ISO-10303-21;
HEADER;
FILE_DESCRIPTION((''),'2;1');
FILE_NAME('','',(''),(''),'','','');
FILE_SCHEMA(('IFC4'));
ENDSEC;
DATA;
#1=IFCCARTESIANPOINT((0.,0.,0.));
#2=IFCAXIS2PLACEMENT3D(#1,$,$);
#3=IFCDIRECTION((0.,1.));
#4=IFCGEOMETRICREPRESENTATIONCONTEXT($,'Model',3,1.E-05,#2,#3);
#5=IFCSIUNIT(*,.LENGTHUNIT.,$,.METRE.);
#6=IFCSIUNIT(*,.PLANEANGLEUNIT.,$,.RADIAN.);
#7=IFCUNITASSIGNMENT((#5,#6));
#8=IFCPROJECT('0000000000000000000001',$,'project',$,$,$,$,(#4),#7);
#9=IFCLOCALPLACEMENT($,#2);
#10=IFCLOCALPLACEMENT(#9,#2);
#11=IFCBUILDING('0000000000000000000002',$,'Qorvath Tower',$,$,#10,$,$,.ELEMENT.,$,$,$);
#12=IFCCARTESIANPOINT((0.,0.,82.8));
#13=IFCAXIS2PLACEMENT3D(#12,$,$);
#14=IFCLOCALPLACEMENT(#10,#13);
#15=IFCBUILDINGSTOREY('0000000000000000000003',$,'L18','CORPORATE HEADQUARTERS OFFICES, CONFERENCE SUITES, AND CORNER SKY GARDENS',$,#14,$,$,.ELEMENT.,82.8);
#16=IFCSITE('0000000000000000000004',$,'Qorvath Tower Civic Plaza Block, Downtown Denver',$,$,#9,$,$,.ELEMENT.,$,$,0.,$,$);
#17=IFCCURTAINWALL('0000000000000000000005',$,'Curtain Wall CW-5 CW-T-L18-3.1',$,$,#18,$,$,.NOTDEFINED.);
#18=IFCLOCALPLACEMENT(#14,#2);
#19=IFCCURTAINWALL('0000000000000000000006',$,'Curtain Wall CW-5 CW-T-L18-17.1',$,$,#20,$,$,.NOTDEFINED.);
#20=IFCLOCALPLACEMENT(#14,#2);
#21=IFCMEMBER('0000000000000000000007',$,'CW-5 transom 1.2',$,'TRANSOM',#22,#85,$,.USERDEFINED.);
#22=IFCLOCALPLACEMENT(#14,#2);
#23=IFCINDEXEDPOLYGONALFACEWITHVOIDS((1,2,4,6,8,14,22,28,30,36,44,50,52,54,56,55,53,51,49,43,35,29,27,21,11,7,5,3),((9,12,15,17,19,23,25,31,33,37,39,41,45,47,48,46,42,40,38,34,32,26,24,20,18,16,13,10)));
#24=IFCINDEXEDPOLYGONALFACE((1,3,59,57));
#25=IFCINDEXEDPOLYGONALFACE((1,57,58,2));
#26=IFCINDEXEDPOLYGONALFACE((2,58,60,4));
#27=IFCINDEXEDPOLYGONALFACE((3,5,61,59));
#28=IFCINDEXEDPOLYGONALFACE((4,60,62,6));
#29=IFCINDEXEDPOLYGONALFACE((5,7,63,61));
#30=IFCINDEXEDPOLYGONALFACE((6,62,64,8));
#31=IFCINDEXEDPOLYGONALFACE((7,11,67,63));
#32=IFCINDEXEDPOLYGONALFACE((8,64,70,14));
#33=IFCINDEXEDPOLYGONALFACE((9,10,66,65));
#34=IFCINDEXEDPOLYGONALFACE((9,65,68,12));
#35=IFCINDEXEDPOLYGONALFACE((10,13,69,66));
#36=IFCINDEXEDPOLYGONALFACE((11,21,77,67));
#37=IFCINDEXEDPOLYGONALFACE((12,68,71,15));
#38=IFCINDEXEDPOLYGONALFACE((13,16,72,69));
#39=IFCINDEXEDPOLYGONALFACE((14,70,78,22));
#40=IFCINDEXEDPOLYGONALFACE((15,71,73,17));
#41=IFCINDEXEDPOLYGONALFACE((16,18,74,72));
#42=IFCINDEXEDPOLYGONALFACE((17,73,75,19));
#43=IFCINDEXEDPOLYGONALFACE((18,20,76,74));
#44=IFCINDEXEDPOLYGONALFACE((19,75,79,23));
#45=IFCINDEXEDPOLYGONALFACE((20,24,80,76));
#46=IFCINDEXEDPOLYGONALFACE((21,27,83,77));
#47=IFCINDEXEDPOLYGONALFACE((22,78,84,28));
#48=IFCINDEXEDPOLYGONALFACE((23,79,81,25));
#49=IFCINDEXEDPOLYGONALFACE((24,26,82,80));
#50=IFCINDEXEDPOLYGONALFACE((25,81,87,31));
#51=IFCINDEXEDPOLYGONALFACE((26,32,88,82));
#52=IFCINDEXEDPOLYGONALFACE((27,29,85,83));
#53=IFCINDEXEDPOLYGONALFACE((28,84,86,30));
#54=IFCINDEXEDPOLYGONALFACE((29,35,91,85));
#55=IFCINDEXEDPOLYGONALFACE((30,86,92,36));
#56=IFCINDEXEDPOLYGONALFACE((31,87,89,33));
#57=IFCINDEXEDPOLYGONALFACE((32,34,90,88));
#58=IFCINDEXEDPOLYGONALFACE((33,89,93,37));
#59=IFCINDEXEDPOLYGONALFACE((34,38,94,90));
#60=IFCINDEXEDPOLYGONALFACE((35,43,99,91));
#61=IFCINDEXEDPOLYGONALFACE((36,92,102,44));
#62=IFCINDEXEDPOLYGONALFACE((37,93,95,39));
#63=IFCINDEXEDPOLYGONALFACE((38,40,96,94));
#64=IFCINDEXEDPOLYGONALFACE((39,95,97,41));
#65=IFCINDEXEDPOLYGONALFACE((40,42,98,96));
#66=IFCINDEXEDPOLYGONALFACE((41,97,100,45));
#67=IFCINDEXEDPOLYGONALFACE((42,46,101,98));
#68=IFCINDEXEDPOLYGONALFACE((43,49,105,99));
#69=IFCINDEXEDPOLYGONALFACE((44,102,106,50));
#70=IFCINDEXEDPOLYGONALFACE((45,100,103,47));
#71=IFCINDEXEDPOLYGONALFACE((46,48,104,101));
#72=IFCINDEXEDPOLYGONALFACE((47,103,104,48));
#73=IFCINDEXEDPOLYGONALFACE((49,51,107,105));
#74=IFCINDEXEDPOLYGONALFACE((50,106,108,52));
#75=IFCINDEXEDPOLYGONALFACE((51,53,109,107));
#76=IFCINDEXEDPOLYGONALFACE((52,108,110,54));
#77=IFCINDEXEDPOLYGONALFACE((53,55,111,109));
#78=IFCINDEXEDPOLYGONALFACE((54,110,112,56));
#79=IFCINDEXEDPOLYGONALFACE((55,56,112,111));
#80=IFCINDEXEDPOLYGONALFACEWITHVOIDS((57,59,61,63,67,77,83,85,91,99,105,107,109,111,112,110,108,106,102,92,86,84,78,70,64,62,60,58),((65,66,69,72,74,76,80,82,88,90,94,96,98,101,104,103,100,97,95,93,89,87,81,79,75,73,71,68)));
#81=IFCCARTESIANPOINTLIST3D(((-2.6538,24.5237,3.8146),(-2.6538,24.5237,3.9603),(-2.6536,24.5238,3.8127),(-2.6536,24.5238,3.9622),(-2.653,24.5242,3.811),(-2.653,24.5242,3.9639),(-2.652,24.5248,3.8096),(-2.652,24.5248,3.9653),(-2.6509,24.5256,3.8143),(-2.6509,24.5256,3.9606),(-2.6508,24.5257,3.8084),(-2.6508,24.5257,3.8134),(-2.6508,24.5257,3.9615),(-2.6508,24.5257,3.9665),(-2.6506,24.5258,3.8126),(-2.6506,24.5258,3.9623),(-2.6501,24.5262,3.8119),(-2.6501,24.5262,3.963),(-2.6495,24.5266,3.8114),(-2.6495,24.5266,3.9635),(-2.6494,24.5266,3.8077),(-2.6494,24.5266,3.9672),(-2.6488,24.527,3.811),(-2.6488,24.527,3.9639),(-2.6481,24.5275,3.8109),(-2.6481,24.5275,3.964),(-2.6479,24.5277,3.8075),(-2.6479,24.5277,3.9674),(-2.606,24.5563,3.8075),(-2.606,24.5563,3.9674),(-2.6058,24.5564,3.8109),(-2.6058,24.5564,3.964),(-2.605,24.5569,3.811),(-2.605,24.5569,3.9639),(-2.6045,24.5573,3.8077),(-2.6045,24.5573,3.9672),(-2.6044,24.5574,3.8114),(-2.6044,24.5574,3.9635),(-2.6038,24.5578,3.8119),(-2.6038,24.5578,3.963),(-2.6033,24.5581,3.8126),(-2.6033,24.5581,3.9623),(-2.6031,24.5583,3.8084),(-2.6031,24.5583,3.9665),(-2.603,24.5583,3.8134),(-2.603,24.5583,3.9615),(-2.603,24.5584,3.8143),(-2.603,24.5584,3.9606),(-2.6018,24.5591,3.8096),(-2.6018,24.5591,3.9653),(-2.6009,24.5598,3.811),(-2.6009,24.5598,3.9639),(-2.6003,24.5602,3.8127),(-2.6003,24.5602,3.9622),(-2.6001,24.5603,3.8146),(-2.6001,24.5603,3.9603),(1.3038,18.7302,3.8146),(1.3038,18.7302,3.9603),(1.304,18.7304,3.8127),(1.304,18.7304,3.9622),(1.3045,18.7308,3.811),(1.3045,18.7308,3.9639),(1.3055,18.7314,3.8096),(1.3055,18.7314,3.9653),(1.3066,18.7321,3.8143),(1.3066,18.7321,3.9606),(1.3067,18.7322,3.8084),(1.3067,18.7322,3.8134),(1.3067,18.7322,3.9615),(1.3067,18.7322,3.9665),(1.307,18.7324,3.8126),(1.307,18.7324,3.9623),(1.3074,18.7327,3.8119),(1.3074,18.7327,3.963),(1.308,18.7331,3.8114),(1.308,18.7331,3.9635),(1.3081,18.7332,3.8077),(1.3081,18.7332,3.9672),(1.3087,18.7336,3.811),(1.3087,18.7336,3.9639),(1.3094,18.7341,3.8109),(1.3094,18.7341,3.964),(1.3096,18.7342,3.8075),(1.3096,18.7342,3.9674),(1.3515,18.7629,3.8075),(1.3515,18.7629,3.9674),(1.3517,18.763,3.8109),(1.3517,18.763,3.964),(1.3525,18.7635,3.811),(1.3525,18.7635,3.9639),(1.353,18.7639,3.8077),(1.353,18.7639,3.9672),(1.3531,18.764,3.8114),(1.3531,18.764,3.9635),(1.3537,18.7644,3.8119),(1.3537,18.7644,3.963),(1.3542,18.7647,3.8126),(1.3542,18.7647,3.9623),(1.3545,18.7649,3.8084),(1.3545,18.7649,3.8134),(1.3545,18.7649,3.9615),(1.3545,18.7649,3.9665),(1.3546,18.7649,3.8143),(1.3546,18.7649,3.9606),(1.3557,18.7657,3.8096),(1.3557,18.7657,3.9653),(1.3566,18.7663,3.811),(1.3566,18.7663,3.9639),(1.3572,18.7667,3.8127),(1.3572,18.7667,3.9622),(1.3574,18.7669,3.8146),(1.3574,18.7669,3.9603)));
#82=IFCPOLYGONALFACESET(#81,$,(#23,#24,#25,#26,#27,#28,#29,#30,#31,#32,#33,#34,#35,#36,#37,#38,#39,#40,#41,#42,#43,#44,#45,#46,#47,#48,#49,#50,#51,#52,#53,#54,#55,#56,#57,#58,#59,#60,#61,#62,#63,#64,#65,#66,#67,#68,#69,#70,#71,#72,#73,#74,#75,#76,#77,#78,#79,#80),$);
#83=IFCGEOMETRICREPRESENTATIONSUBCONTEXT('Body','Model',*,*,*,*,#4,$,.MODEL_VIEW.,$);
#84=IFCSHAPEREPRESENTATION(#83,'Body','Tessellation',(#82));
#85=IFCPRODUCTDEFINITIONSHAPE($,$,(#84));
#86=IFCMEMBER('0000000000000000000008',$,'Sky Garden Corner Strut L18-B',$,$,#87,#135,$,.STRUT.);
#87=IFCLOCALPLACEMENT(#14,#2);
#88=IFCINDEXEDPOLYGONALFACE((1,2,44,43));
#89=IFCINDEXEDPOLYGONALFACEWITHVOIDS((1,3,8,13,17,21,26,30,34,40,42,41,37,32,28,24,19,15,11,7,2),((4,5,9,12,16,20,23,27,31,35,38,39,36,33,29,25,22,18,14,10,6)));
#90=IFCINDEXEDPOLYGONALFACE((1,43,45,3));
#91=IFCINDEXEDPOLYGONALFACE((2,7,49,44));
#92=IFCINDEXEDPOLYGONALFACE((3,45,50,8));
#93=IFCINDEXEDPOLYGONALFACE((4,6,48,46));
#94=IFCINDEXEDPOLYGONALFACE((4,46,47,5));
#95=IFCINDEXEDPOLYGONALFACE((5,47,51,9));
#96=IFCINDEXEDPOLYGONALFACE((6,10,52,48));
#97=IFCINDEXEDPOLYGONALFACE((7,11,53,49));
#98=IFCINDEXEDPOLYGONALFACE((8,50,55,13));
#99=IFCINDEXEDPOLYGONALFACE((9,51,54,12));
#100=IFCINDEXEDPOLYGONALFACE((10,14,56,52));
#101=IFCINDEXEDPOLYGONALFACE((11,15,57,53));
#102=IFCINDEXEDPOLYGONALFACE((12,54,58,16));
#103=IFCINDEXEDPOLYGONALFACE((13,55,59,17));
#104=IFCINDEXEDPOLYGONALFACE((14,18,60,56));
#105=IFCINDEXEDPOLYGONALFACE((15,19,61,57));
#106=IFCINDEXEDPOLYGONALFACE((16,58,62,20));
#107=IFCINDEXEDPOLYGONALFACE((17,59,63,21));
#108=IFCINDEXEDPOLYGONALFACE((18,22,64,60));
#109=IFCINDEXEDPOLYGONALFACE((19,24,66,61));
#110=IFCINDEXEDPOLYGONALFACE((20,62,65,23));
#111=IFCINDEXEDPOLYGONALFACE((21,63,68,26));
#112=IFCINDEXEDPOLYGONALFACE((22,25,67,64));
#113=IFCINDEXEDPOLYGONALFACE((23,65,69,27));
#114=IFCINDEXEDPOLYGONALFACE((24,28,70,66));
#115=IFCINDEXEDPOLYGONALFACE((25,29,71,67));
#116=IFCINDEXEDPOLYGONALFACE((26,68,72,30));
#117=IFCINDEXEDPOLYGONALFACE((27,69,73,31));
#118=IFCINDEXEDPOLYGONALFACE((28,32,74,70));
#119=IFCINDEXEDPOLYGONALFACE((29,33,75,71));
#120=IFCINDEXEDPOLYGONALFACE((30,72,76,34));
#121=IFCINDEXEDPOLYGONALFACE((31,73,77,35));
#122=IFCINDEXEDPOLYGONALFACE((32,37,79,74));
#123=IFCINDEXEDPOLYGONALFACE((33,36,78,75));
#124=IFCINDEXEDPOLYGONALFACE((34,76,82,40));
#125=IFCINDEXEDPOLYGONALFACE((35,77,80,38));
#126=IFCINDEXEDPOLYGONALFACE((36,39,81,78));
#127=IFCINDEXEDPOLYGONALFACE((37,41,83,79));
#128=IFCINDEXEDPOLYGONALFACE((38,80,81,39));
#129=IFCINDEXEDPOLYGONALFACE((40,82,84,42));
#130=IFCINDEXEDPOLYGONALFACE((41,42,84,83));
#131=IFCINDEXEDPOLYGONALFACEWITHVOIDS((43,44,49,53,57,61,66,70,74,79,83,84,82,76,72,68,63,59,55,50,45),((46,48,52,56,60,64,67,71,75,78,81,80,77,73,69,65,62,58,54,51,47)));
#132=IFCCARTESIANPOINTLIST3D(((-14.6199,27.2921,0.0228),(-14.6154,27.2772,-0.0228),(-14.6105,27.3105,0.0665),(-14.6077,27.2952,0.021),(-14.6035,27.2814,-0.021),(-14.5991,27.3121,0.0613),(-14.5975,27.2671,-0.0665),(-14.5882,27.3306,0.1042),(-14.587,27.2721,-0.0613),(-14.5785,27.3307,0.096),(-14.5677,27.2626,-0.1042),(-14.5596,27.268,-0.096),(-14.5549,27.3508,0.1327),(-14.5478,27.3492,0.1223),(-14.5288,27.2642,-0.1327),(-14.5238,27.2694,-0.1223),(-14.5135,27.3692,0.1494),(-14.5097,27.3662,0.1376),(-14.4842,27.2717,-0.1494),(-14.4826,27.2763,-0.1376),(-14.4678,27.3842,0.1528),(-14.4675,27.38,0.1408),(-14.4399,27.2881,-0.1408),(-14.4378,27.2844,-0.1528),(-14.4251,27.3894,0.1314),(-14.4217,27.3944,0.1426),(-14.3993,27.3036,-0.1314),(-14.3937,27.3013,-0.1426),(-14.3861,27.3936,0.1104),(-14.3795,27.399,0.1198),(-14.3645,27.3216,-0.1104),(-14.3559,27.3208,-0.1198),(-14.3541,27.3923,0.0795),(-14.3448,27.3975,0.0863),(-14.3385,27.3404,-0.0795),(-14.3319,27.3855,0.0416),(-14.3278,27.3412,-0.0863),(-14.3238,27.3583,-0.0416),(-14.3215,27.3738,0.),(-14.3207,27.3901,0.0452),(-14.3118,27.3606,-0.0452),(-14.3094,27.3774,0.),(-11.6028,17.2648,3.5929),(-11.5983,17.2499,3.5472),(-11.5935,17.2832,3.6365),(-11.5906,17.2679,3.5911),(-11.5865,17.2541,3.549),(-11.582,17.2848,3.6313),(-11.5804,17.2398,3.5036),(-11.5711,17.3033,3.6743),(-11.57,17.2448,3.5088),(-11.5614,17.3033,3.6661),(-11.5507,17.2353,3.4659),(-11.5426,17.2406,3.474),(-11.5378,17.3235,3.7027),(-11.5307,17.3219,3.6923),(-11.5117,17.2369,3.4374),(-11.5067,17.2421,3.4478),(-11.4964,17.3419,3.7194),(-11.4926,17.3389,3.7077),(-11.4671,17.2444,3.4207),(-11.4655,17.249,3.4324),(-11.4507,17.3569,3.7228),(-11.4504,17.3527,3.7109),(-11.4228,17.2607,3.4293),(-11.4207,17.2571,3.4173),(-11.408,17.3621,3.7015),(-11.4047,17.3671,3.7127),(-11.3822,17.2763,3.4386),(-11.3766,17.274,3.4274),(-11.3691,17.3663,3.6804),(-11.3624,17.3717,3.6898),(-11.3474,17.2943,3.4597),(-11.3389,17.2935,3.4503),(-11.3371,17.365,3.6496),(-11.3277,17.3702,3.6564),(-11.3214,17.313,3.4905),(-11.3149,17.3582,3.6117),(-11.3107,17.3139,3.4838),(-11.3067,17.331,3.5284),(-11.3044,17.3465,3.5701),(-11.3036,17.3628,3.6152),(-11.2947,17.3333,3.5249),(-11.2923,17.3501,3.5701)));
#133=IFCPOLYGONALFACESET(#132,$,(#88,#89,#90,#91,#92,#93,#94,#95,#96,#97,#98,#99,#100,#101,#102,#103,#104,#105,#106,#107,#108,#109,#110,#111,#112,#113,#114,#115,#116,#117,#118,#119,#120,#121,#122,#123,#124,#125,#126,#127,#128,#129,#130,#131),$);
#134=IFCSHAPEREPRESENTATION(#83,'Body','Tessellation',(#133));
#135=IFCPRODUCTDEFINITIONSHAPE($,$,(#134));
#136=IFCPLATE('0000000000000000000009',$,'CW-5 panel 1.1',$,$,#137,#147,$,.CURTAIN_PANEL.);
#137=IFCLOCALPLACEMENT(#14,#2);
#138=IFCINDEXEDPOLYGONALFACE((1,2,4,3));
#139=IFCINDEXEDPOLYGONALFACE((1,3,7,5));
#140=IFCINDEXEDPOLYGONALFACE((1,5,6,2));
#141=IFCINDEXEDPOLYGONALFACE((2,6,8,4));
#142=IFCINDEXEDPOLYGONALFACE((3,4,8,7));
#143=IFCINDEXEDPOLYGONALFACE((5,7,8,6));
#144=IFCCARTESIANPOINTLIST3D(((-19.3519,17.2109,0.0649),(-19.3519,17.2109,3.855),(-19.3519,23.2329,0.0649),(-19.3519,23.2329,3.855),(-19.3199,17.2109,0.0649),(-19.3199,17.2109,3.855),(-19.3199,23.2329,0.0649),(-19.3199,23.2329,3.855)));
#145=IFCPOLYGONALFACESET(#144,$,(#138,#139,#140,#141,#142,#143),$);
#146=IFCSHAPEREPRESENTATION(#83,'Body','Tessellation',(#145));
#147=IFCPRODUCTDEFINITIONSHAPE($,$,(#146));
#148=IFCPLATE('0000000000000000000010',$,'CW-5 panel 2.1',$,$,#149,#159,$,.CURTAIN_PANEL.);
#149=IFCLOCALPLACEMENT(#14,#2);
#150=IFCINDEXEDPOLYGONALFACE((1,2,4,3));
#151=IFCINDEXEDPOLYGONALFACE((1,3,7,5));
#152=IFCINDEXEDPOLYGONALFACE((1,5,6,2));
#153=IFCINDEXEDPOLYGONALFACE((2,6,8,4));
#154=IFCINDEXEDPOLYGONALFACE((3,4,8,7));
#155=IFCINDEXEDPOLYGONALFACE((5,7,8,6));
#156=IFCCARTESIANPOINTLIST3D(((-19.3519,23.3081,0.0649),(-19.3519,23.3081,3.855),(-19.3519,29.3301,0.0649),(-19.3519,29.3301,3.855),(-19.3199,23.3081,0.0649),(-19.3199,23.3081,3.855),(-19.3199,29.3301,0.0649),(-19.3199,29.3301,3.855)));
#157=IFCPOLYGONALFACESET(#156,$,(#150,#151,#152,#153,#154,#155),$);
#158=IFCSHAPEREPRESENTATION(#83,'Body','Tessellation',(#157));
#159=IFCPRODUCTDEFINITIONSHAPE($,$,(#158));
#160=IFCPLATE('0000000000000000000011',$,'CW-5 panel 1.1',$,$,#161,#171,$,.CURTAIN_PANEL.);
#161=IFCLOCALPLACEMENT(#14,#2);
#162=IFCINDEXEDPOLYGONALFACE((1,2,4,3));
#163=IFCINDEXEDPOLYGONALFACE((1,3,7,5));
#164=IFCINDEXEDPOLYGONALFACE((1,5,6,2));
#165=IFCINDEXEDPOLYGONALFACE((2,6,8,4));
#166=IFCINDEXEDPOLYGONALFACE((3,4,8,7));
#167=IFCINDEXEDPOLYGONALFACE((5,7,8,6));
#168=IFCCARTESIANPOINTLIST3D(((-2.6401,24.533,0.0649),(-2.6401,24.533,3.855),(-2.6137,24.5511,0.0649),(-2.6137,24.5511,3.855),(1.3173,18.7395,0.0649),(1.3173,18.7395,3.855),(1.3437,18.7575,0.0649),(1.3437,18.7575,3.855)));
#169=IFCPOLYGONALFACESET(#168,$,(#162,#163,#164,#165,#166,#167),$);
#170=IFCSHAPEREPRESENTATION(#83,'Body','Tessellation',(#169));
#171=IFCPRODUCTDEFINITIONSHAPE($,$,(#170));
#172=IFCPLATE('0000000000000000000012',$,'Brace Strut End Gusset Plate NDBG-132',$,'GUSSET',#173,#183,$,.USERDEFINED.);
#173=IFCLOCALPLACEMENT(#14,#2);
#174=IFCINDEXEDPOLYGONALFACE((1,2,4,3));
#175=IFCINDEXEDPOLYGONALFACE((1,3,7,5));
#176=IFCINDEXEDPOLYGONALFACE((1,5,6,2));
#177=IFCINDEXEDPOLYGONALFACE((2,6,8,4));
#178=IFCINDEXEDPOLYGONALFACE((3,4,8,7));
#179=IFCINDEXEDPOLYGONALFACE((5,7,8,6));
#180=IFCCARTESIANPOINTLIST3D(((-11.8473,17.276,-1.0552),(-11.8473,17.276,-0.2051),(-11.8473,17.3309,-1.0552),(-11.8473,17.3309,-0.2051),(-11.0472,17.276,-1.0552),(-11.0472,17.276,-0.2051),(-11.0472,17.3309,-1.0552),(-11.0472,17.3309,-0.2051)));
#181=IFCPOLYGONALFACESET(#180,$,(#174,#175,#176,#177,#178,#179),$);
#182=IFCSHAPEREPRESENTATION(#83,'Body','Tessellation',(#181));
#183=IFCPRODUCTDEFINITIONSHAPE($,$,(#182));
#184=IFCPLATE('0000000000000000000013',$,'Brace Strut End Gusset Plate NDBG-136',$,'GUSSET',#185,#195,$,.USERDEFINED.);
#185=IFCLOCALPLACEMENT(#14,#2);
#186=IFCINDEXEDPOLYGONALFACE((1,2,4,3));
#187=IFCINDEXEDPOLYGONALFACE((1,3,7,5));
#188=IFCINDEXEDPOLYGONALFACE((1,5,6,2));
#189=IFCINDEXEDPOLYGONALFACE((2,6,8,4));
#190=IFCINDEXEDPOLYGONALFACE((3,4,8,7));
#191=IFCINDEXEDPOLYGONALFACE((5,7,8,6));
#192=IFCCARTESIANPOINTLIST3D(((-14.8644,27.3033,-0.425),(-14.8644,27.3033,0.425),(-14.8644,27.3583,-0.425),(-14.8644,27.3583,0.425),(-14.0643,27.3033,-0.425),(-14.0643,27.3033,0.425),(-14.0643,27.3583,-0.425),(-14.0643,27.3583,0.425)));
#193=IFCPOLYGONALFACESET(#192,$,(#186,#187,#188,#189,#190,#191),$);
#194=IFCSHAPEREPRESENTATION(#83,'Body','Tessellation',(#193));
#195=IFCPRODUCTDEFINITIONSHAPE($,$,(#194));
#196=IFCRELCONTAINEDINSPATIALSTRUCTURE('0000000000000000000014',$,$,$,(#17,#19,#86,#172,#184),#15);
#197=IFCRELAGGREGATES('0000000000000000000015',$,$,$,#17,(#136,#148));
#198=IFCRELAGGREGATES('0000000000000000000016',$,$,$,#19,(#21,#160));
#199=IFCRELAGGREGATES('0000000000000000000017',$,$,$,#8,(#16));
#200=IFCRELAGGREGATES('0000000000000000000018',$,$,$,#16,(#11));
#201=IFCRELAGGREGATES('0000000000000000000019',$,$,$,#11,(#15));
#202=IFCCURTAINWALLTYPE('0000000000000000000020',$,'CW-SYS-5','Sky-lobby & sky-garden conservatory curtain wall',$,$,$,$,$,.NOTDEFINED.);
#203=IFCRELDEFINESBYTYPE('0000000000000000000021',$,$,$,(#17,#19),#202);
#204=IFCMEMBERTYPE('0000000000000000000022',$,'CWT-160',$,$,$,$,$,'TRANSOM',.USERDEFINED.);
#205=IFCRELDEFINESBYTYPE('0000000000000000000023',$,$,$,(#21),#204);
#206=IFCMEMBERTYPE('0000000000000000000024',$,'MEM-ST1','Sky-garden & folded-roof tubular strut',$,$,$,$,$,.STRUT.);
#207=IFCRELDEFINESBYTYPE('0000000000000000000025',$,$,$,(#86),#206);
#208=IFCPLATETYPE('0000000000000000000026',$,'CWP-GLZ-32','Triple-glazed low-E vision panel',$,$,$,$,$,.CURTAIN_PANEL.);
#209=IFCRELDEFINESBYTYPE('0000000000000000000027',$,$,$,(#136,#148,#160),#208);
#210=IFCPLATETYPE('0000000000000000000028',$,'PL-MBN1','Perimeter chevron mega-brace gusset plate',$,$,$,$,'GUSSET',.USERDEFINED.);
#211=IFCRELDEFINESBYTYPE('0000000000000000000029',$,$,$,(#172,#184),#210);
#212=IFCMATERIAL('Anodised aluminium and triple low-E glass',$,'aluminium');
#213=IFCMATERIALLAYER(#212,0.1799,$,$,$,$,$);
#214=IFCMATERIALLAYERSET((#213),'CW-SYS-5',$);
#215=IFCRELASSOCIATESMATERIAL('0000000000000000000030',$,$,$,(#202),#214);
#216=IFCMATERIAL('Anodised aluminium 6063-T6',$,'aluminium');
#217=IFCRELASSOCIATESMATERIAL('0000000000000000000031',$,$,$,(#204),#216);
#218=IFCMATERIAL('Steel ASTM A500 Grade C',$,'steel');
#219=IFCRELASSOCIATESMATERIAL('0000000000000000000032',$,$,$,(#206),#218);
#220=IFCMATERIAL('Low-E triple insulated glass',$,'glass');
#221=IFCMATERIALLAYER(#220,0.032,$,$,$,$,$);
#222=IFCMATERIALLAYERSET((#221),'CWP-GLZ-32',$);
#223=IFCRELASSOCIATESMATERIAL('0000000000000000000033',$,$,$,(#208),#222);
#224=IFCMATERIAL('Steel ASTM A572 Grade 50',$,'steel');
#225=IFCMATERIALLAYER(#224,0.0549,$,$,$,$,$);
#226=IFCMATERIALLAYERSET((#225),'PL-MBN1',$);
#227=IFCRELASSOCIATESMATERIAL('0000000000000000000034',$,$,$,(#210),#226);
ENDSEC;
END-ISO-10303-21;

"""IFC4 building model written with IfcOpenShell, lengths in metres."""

from ifc_helpers import new_model, si_unit, direction, frame, origin, origin_2d, place, context, subcontext, project, spatial, rectangle, hollow_rectangle, hollow_circle, extrude, material, layer, layer_set, material_profile, profile_set, type_object, element, aggregate, save


model = new_model("IFC4")

# Units and contexts
model_context = context("Model", 3, precision=1e-05, world=origin(), true_north=direction((0.0, 1.0)))
body_context = subcontext(model_context, "Body", "Model", "MODEL_VIEW")
ifc_project = project(units=[si_unit("LENGTHUNIT", "METRE"), si_unit("PLANEANGLEUNIT", "RADIAN")], contexts=[model_context])

# Site, building, storey
site_placement = place(None, origin())
site = spatial("IfcSite", under=ifc_project, at=site_placement, Name="Qorvath Tower Civic Plaza Block, Downtown Denver", CompositionType="ELEMENT", RefElevation=0.0)
building_placement = place(site_placement, origin())
building = spatial("IfcBuilding", under=site, at=building_placement, Name="Qorvath Tower", CompositionType="ELEMENT")
storey_placement = place(building_placement, frame((0.0, 0.0, 82.8)))
storey = spatial("IfcBuildingStorey", under=building, at=storey_placement, Name="L18", Description="CORPORATE HEADQUARTERS OFFICES, CONFERENCE SUITES, AND CORNER SKY GARDENS", CompositionType="ELEMENT", Elevation=82.8)

# Shared definitions
ifc_material_1 = material(Name="Anodised aluminium and triple low-E glass", Category="aluminium")
ifc_layer_1 = layer(ifc_material_1, 0.1799)
ifc_layer_set_1 = layer_set([ifc_layer_1], Name="CW-SYS-5")
curtain_wall_type = type_object("IfcCurtainWallType", Name="CW-SYS-5", Description="Sky-lobby & sky-garden conservatory curtain wall", PredefinedType="NOTDEFINED", material=ifc_layer_set_1)

# Curtain wall
curtain_wall_1_placement = place(storey_placement, origin())
curtain_wall_1 = element("IfcCurtainWall", 1, at=curtain_wall_1_placement, inside=storey, type_object=curtain_wall_type, Name="Curtain Wall CW-5 CW-T-L18-3.1", PredefinedType="NOTDEFINED")

# Curtain wall
curtain_wall_2_placement = place(storey_placement, origin())
curtain_wall_2 = element("IfcCurtainWall", 2, at=curtain_wall_2_placement, inside=storey, type_object=curtain_wall_type, Name="Curtain Wall CW-5 CW-T-L18-17.1", PredefinedType="NOTDEFINED")

# Members
ifc_material_2 = material(Name="Anodised aluminium 6063-T6", Category="aluminium")
ifc_material_profile_1 = material_profile(ifc_material_2, hollow_rectangle(XDim=0.0649, YDim=0.1599, WallThickness=0.0034, InnerFilletRadius=0.0034, OuterFilletRadius=0.0071, at=origin_2d()), Name="CWT 160x65")
ifc_profile_set_1 = profile_set([ifc_material_profile_1], Name="Anodised aluminium 6063-T6")
member_type_1 = type_object("IfcMemberType", Name="CWT-160", ElementType="TRANSOM", PredefinedType="USERDEFINED", material=ifc_profile_set_1)
member_1_placement = place(storey_placement, frame((1.3306, 18.7485, 3.8875), z_axis=(-0.56406, 0.825734, 0.0), x_axis=(-0.825734, -0.56406, 0.0)))
member_1 = element("IfcMember", 3, at=member_1_placement, type_object=member_type_1, Name="CW-5 transom 1.2", ObjectType="TRANSOM", PredefinedType="USERDEFINED", context=body_context, shape_type="SweptSolid", body=[
    extrude(hollow_rectangle(XDim=0.0649, YDim=0.1599, WallThickness=0.0034, InnerFilletRadius=0.0034, OuterFilletRadius=0.0071, at=origin_2d()), origin(), (0.0, 0.0, 1.0), 7.0161),
])
ifc_material_3 = material(Name="Steel ASTM A500 Grade C", Category="steel")
ifc_material_profile_2 = material_profile(ifc_material_3, hollow_circle(Radius=0.1619, WallThickness=0.0127, at=origin_2d()), Name="CHS 324x12.7")
ifc_profile_set_2 = profile_set([ifc_material_profile_2], Name="Steel ASTM A500 Grade C")
member_type_2 = type_object("IfcMemberType", Name="MEM-ST1", Description="Sky-garden & folded-roof tubular strut", PredefinedType="STRUT", material=ifc_profile_set_2)
member_2_placement = place(storey_placement, frame((-14.4644, 27.3308, 0.0), z_axis=(0.272712, -0.906364, 0.322696), x_axis=(0.957592, 0.288126, 0.0)))
element("IfcMember", 4, at=member_2_placement, inside=storey, type_object=member_type_2, Name="Sky Garden Corner Strut L18-B", PredefinedType="STRUT", context=body_context, shape_type="SweptSolid", body=[
    extrude(hollow_circle(Radius=0.1619, WallThickness=0.0127, at=origin_2d()), origin(), (0.0, 0.0, 1.0), 11.0632),
])

# Plates
ifc_material_4 = material(Name="Low-E triple insulated glass", Category="glass")
ifc_layer_2 = layer(ifc_material_4, 0.032)
ifc_layer_set_2 = layer_set([ifc_layer_2], Name="CWP-GLZ-32")
plate_type_1 = type_object("IfcPlateType", Name="CWP-GLZ-32", Description="Triple-glazed low-E vision panel", PredefinedType="CURTAIN_PANEL", material=ifc_layer_set_2)
plate_1_placement = place(storey_placement, frame((-19.3359, 20.2219, 0.0649), z_axis=(0.0, 0.0, 1.0), x_axis=(0.0, 1.0, 0.0)))
plate_1 = element("IfcPlate", 5, at=plate_1_placement, type_object=plate_type_1, Name="CW-5 panel 1.1", PredefinedType="CURTAIN_PANEL", context=body_context, shape_type="SweptSolid", body=[
    extrude(rectangle(XDim=6.022, YDim=0.032, at=origin_2d()), origin(), (0.0, 0.0, 1.0), 3.79),
])
plate_2_placement = place(storey_placement, frame((-19.3359, 26.3191, 0.0649), z_axis=(0.0, 0.0, 1.0), x_axis=(0.0, 1.0, 0.0)))
plate_2 = element("IfcPlate", 6, at=plate_2_placement, type_object=plate_type_1, Name="CW-5 panel 2.1", PredefinedType="CURTAIN_PANEL", context=body_context, shape_type="SweptSolid", body=[
    extrude(rectangle(XDim=6.022, YDim=0.032, at=origin_2d()), origin(), (0.0, 0.0, 1.0), 3.79),
])
aggregate(curtain_wall_1, [plate_1, plate_2])
plate_3_placement = place(storey_placement, frame((-0.6482, 21.6453, 0.0649), z_axis=(0.0, 0.0, 1.0), x_axis=(-0.564036, 0.82575, 0.0)))
plate_3 = element("IfcPlate", 7, at=plate_3_placement, type_object=plate_type_1, Name="CW-5 panel 1.1", PredefinedType="CURTAIN_PANEL", context=body_context, shape_type="SweptSolid", body=[
    extrude(rectangle(XDim=7.0161, YDim=0.032, at=origin_2d()), origin(), (0.0, 0.0, 1.0), 3.79),
])
aggregate(curtain_wall_2, [member_1, plate_3])

# Plates
ifc_material_5 = material(Name="Steel ASTM A572 Grade 50", Category="steel")
ifc_layer_3 = layer(ifc_material_5, 0.0549)
ifc_layer_set_3 = layer_set([ifc_layer_3], Name="PL-MBN1")
plate_type_2 = type_object("IfcPlateType", Name="PL-MBN1", Description="Perimeter chevron mega-brace gusset plate", ElementType="GUSSET", PredefinedType="USERDEFINED", material=ifc_layer_set_3)
for number, where, z_axis, x_axis, name in (
    (8, (-11.4473, 17.3035, -1.0552), (0.0, 0.0, 1.0), (1.0, 0.0, 0.0), "Brace Strut End Gusset Plate NDBG-132"),
    (9, (-14.4644, 27.3308, -0.425), (0.0, 0.0, 1.0), (1.0, 0.0, 0.0), "Brace Strut End Gusset Plate NDBG-136"),
):
    element("IfcPlate", number, at=place(storey_placement, frame(where, z_axis=z_axis, x_axis=x_axis)), inside=storey, type_object=plate_type_2, Name=name, ObjectType="GUSSET", PredefinedType="USERDEFINED", context=body_context, shape_type="SweptSolid", body=[
        extrude(rectangle(XDim=0.8, YDim=0.0549, at=origin_2d()), origin(), (0.0, 0.0, 1.0), 0.8501),
    ])

save(model, "model.ifc")
